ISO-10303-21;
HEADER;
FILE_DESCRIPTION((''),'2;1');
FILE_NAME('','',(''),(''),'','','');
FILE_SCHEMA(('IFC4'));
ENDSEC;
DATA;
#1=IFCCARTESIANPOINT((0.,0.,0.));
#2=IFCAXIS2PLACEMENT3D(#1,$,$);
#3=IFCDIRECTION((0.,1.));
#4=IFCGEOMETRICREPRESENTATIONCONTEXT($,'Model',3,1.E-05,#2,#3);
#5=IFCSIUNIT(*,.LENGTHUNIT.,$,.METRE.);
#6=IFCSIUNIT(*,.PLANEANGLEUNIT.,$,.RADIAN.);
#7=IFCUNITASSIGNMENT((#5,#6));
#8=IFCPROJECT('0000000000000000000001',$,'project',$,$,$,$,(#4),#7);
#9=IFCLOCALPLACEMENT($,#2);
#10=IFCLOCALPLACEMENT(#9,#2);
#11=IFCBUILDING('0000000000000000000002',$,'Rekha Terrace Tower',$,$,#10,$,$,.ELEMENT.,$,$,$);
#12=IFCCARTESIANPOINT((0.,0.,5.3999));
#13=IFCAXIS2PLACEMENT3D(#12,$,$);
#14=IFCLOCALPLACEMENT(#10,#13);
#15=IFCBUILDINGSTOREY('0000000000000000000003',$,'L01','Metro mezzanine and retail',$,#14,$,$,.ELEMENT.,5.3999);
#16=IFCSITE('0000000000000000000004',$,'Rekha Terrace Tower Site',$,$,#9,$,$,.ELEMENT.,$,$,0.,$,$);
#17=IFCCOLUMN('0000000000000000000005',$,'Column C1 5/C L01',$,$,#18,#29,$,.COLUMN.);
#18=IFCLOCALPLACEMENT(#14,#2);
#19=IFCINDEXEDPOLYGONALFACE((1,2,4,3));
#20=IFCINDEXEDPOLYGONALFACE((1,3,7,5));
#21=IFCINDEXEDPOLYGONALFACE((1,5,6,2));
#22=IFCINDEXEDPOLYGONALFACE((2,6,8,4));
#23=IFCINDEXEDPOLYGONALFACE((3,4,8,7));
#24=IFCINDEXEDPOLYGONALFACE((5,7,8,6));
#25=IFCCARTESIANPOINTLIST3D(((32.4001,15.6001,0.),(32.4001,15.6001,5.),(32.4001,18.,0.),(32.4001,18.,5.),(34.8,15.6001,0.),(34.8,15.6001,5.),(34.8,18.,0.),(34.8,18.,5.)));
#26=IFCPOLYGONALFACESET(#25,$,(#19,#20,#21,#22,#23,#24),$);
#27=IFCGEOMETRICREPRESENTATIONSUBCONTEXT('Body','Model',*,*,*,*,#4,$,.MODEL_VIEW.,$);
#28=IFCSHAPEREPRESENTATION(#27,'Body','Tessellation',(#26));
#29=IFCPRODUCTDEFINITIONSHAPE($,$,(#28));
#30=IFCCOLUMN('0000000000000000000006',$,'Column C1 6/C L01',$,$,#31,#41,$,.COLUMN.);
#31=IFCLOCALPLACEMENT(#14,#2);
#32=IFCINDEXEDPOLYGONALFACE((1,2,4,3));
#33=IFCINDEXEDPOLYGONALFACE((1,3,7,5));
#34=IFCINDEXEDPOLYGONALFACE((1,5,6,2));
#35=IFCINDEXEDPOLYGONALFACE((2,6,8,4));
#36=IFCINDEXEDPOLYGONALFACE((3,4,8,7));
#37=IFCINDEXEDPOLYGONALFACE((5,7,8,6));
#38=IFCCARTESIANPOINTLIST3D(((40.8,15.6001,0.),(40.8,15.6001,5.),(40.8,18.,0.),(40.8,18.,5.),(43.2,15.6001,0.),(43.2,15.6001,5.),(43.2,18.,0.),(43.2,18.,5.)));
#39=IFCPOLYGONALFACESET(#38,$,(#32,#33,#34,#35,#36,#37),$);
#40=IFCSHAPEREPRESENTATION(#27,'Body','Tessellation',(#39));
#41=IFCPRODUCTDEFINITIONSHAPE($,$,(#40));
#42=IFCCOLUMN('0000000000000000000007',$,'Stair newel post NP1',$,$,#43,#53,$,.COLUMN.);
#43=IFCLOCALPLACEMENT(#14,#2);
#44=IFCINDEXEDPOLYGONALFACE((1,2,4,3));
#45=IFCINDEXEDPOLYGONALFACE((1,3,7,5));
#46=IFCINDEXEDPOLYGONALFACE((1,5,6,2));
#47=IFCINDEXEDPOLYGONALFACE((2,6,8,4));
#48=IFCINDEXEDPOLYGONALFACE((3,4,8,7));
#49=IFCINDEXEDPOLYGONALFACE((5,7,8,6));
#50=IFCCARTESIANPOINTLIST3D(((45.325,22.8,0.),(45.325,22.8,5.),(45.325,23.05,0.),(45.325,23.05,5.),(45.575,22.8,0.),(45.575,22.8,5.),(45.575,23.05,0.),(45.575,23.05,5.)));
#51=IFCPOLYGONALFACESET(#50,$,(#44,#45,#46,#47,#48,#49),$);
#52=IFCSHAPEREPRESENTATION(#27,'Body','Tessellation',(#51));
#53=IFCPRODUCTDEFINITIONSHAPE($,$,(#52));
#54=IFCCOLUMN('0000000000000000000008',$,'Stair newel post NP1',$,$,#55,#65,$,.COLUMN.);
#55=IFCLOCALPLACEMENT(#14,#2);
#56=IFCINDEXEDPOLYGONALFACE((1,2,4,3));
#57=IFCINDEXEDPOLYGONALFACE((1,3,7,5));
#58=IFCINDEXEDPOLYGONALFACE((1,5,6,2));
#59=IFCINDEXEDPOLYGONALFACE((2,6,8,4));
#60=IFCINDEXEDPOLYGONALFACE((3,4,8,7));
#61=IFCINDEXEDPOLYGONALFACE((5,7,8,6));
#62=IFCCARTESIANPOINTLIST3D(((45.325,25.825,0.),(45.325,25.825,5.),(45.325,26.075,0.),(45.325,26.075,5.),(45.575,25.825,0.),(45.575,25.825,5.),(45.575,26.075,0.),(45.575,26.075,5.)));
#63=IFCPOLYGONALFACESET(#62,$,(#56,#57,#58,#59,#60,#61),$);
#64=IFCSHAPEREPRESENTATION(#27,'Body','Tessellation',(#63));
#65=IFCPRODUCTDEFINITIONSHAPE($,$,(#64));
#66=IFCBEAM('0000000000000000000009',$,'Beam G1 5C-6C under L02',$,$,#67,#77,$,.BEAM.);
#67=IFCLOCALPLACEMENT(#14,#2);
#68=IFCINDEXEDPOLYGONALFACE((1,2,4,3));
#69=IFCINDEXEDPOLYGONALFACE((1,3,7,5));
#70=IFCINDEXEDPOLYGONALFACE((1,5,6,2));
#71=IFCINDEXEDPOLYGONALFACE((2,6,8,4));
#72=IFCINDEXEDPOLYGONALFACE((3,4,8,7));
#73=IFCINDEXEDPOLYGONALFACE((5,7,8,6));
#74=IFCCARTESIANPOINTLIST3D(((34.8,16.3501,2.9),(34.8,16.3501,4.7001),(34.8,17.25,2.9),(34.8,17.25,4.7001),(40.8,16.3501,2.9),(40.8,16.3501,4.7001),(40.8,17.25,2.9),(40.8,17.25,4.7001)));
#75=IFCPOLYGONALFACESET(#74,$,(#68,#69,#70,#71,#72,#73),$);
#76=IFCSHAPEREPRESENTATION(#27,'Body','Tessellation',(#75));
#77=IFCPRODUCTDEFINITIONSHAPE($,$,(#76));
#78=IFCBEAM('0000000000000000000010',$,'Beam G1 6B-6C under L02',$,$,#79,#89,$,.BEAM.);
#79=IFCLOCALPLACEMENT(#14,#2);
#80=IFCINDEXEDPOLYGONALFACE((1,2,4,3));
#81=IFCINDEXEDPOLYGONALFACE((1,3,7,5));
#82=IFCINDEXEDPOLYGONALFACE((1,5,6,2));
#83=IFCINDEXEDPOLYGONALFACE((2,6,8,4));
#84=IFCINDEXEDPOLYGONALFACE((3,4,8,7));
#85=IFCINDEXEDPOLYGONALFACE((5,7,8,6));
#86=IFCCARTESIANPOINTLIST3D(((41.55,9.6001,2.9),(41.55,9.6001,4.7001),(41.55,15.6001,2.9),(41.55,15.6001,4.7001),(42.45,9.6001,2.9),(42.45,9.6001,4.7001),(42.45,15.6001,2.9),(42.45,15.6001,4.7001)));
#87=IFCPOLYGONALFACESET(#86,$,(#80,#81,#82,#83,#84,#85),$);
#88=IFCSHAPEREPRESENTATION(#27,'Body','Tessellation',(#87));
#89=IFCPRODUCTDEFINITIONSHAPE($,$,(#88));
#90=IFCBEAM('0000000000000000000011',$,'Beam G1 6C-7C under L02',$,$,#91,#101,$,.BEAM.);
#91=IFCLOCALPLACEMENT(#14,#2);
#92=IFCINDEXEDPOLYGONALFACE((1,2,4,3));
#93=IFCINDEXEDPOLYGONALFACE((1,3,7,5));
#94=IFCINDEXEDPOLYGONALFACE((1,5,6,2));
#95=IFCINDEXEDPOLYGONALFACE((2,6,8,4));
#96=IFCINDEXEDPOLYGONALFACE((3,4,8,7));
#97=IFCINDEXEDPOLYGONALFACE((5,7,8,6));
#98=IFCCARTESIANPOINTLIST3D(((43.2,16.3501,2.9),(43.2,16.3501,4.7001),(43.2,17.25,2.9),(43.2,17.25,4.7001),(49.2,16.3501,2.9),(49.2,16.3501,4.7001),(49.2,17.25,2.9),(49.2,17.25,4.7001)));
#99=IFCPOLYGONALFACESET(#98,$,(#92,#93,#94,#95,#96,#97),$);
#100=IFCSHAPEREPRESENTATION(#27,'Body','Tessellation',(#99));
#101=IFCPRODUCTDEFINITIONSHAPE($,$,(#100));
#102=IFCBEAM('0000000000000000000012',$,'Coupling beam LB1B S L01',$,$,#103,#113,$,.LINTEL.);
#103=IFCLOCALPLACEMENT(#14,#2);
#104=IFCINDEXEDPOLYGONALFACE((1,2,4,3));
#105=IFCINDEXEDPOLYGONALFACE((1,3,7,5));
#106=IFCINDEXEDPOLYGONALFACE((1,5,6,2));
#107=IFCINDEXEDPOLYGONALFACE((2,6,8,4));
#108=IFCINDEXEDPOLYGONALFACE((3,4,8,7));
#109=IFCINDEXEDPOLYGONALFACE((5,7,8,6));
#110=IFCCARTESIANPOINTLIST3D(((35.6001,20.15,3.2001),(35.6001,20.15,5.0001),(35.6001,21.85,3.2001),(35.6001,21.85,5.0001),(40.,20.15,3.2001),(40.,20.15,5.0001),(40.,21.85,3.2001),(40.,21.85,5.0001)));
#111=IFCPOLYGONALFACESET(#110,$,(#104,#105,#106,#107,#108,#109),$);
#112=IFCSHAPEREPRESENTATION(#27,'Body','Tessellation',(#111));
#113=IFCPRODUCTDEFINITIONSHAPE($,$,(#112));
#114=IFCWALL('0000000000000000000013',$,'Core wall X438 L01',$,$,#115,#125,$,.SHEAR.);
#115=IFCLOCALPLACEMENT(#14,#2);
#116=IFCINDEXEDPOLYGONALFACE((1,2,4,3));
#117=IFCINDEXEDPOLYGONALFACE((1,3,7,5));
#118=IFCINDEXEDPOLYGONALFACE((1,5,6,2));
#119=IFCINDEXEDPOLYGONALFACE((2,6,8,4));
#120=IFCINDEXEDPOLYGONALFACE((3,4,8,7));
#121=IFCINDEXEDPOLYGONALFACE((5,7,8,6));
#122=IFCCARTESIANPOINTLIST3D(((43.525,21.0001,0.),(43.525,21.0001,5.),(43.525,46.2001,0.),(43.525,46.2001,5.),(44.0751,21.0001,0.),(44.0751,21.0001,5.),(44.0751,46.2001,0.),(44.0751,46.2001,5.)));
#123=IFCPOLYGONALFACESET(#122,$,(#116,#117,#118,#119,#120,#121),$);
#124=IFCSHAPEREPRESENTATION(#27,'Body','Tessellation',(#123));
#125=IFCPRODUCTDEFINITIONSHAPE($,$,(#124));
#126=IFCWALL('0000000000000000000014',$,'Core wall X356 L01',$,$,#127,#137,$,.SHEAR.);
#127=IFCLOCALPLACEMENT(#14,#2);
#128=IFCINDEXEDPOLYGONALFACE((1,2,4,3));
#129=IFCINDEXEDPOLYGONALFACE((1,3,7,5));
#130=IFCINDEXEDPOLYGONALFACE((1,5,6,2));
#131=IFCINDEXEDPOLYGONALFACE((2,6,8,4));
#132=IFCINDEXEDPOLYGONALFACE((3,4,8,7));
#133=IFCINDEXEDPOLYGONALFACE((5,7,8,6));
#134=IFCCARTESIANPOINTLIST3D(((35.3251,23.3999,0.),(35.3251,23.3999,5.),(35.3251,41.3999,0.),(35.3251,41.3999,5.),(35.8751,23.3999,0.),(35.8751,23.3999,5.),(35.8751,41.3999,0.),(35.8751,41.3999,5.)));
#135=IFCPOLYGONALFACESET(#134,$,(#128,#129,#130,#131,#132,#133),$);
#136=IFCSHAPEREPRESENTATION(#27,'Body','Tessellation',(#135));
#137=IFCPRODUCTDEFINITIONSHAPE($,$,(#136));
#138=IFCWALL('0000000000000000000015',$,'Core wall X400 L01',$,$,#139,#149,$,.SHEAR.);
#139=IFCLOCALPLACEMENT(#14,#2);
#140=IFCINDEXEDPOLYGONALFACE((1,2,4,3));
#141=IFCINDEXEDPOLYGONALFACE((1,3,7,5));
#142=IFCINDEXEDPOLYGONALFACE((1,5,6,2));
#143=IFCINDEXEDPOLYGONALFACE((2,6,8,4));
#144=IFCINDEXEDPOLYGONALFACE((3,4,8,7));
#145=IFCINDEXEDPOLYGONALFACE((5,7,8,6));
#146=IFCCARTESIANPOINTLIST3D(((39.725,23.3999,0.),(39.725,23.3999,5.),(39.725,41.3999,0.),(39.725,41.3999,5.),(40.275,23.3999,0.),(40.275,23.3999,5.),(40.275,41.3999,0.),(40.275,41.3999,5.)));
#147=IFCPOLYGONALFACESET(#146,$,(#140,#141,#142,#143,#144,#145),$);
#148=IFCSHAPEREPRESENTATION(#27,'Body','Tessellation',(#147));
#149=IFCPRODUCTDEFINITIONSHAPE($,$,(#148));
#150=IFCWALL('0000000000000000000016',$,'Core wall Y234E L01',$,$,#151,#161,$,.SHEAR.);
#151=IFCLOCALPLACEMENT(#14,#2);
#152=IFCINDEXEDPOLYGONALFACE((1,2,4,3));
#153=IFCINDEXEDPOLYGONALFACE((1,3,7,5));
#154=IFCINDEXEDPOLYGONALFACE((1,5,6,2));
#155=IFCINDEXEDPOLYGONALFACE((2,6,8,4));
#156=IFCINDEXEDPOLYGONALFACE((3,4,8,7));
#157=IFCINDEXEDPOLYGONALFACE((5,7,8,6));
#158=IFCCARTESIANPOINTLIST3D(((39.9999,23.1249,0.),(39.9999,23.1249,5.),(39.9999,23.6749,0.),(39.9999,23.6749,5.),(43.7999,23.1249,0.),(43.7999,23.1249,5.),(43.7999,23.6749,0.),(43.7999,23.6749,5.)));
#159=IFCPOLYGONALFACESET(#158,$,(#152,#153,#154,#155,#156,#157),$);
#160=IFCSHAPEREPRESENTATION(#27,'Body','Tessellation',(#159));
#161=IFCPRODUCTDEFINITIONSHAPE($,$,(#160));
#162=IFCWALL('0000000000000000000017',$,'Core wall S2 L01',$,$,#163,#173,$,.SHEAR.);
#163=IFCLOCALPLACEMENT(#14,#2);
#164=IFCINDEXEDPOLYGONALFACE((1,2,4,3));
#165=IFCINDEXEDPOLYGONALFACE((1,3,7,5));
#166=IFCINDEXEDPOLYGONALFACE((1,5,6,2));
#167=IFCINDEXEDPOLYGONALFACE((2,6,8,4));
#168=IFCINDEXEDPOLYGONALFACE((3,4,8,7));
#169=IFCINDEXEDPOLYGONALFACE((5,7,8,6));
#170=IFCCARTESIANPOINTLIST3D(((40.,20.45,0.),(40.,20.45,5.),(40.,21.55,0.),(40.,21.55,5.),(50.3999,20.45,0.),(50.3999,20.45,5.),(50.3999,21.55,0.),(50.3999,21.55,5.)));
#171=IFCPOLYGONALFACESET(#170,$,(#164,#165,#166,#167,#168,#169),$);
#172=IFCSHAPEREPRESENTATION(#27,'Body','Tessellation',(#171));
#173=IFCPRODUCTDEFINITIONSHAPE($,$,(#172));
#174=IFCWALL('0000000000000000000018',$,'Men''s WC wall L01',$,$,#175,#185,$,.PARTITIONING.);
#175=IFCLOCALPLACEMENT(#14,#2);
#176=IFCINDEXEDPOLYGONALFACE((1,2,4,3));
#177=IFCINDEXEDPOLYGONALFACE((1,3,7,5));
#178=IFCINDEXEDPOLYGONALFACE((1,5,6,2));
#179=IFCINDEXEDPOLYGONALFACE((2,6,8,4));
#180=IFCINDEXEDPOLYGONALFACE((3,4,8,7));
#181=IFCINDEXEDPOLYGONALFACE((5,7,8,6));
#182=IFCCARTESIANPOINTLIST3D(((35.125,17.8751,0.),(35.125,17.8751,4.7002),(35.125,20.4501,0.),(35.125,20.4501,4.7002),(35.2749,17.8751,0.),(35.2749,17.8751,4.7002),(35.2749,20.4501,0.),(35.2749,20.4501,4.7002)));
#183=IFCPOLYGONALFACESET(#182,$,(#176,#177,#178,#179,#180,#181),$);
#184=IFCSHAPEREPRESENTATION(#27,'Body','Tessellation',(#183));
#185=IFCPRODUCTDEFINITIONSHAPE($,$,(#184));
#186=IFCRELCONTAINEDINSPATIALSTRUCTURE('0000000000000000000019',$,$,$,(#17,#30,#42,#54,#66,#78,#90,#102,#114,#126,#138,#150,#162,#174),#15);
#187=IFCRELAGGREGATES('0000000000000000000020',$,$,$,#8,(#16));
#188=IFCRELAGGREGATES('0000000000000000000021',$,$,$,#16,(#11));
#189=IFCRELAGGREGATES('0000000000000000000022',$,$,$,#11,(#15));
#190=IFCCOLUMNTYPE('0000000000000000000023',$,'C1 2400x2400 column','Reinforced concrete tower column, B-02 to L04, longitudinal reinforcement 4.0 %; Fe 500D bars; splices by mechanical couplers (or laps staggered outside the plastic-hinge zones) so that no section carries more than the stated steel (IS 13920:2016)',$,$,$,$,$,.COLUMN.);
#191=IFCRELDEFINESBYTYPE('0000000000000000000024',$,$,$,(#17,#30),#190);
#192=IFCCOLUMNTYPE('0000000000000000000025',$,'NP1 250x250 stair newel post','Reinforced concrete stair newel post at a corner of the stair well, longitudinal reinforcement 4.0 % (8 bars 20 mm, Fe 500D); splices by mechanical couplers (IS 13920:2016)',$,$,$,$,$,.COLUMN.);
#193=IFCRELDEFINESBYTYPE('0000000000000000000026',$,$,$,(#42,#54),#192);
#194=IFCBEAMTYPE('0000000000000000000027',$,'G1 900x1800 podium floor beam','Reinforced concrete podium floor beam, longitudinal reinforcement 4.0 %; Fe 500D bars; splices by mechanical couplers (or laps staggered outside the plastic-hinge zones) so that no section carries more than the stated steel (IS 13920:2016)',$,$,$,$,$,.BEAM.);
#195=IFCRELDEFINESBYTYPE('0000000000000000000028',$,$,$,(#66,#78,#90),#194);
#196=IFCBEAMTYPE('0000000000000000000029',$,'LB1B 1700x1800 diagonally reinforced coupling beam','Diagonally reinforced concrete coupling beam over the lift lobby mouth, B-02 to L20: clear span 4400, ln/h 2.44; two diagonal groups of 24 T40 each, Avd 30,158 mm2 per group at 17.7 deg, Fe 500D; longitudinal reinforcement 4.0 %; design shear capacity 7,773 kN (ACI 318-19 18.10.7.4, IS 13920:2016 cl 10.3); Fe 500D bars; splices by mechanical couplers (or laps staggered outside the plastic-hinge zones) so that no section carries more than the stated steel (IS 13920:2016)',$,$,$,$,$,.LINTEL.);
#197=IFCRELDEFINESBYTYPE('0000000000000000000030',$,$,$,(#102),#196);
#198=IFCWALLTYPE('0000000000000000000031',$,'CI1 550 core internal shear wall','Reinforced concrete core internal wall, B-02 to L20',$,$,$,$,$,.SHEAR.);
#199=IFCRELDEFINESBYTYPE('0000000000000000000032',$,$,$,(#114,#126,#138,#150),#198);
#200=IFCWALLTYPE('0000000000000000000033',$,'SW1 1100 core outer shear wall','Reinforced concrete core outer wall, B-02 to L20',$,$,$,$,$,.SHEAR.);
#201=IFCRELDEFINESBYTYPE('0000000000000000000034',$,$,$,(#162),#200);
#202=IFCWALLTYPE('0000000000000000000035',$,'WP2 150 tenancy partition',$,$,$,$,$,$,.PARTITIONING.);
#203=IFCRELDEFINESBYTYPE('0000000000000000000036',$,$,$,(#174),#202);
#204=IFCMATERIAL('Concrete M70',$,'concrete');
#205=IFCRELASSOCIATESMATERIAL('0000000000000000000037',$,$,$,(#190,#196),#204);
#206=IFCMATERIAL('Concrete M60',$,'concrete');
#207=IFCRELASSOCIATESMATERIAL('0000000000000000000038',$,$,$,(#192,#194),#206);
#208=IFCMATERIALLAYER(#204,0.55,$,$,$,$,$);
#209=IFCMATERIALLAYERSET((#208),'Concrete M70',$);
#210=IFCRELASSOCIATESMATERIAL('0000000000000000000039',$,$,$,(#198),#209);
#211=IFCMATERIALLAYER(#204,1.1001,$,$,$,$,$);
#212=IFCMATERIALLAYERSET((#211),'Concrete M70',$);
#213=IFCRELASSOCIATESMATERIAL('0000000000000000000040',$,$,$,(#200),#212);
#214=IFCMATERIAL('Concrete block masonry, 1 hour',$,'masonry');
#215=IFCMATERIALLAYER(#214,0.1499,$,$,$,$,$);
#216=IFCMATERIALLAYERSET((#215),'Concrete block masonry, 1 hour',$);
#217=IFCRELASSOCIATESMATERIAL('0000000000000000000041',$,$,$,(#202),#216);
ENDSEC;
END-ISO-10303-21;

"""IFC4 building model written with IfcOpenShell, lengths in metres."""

from ifc_helpers import new_model, si_unit, direction, frame, frame_2d, origin, origin_2d, place, context, subcontext, project, spatial, rectangle, extrude, material, layer, layer_set, material_profile, profile_set, type_object, element, save


model = new_model("IFC4")

# Units and contexts
model_context = context("Model", 3, precision=1e-05, world=origin(), true_north=direction((0.0, 1.0)))
body_context = subcontext(model_context, "Body", "Model", "MODEL_VIEW")
ifc_project = project(units=[si_unit("LENGTHUNIT", "METRE"), si_unit("PLANEANGLEUNIT", "RADIAN")], contexts=[model_context])

# Site, building, storey
site_placement = place(None, origin())
site = spatial("IfcSite", under=ifc_project, at=site_placement, Name="Rekha Terrace Tower Site", CompositionType="ELEMENT", RefElevation=0.0)
building_placement = place(site_placement, origin())
building = spatial("IfcBuilding", under=site, at=building_placement, Name="Rekha Terrace Tower", CompositionType="ELEMENT")
storey_placement = place(building_placement, frame((0.0, 0.0, 5.3999)))
storey = spatial("IfcBuildingStorey", under=building, at=storey_placement, Name="L01", Description="Metro mezzanine and retail", CompositionType="ELEMENT", Elevation=5.3999)

# Columns
ifc_material_1 = material(Name="Concrete M70", Category="concrete")
ifc_material_profile_1 = material_profile(ifc_material_1, rectangle(XDim=2.3999, YDim=2.3999, at=origin_2d()), Name="RC 2400x2400")
ifc_profile_set_1 = profile_set([ifc_material_profile_1], Name="Concrete M70")
column_type_1 = type_object("IfcColumnType", Name="C1 2400x2400 column", Description="Reinforced concrete tower column, B-02 to L04, longitudinal reinforcement 4.0 %; Fe 500D bars; splices by mechanical couplers (or laps staggered outside the plastic-hinge zones) so that no section carries more than the stated steel (IS 13920:2016)", PredefinedType="COLUMN", material=ifc_profile_set_1)
for number, where, z_axis, x_axis, name in (
    (1, (33.6001, 16.8, 0.0), (0.0, 0.0, 1.0), (1.0, 0.0, 0.0), "Column C1 5/C L01"),
    (2, (42.0, 16.8, 0.0), (0.0, 0.0, 1.0), (1.0, 0.0, 0.0), "Column C1 6/C L01"),
):
    element("IfcColumn", number, at=place(storey_placement, frame(where, z_axis=z_axis, x_axis=x_axis)), inside=storey, type_object=column_type_1, Name=name, PredefinedType="COLUMN", context=body_context, shape_type="SweptSolid", body=[
        extrude(rectangle(XDim=2.3999, YDim=2.3999, at=origin_2d()), origin(), (0.0, 0.0, 1.0), 5.0),
    ])
ifc_material_2 = material(Name="Concrete M60", Category="concrete")
ifc_material_profile_2 = material_profile(ifc_material_2, rectangle(XDim=0.25, YDim=0.25, at=origin_2d()), Name="RC 250x250")
ifc_profile_set_2 = profile_set([ifc_material_profile_2], Name="Concrete M60")
column_type_2 = type_object("IfcColumnType", Name="NP1 250x250 stair newel post", Description="Reinforced concrete stair newel post at a corner of the stair well, longitudinal reinforcement 4.0 % (8 bars 20 mm, Fe 500D); splices by mechanical couplers (IS 13920:2016)", PredefinedType="COLUMN", material=ifc_profile_set_2)
for number, where, z_axis, x_axis, name in (
    (3, (45.45, 22.925, 0.0), (0.0, 0.0, 1.0), (1.0, 0.0, 0.0), "Stair newel post NP1"),
    (4, (45.45, 25.95, 0.0), (0.0, 0.0, 1.0), (1.0, 0.0, 0.0), "Stair newel post NP1"),
):
    element("IfcColumn", number, at=place(storey_placement, frame(where, z_axis=z_axis, x_axis=x_axis)), inside=storey, type_object=column_type_2, Name=name, PredefinedType="COLUMN", context=body_context, shape_type="SweptSolid", body=[
        extrude(rectangle(XDim=0.25, YDim=0.25, at=origin_2d()), origin(), (0.0, 0.0, 1.0), 5.0),
    ])

# Beams
ifc_material_profile_3 = material_profile(ifc_material_2, rectangle(XDim=0.8999, YDim=1.8, at=origin_2d()), Name="RC 900x1800")
ifc_profile_set_3 = profile_set([ifc_material_profile_3], Name="Concrete M60")
beam_type_1 = type_object("IfcBeamType", Name="G1 900x1800 podium floor beam", Description="Reinforced concrete podium floor beam, longitudinal reinforcement 4.0 %; Fe 500D bars; splices by mechanical couplers (or laps staggered outside the plastic-hinge zones) so that no section carries more than the stated steel (IS 13920:2016)", PredefinedType="BEAM", material=ifc_profile_set_3)
for number, where, z_axis, x_axis, name in (
    (5, (34.8, 16.8, 3.8), (1.0, 0.0, 0.0), (0.0, 1.0, 0.0), "Beam G1 5C-6C under L02"),
    (6, (42.0, 9.6001, 3.8), (0.0, 1.0, 0.0), (-1.0, 0.0, 0.0), "Beam G1 6B-6C under L02"),
    (7, (43.2, 16.8, 3.8), (1.0, 0.0, 0.0), (0.0, 1.0, 0.0), "Beam G1 6C-7C under L02"),
):
    element("IfcBeam", number, at=place(storey_placement, frame(where, z_axis=z_axis, x_axis=x_axis)), inside=storey, type_object=beam_type_1, Name=name, PredefinedType="BEAM", context=body_context, shape_type="SweptSolid", body=[
        extrude(rectangle(XDim=0.8999, YDim=1.8, at=origin_2d()), origin(), (0.0, 0.0, 1.0), 6.0),
    ])
ifc_material_profile_4 = material_profile(ifc_material_1, rectangle(XDim=1.7, YDim=1.8, at=origin_2d()), Name="RC 1700x1800")
ifc_profile_set_4 = profile_set([ifc_material_profile_4], Name="Concrete M70")
beam_type_2 = type_object("IfcBeamType", Name="LB1B 1700x1800 diagonally reinforced coupling beam", Description="Diagonally reinforced concrete coupling beam over the lift lobby mouth, B-02 to L20: clear span 4400, ln/h 2.44; two diagonal groups of 24 T40 each, Avd 30,158 mm2 per group at 17.7 deg, Fe 500D; longitudinal reinforcement 4.0 %; design shear capacity 7,773 kN (ACI 318-19 18.10.7.4, IS 13920:2016 cl 10.3); Fe 500D bars; splices by mechanical couplers (or laps staggered outside the plastic-hinge zones) so that no section carries more than the stated steel (IS 13920:2016)", PredefinedType="LINTEL", material=ifc_profile_set_4)
beam_placement = place(storey_placement, frame((35.6001, 21.0, 4.1001), z_axis=(1.0, 0.0, 0.0), x_axis=(0.0, 1.0, 0.0)))
element("IfcBeam", 8, at=beam_placement, inside=storey, type_object=beam_type_2, Name="Coupling beam LB1B S L01", PredefinedType="LINTEL", context=body_context, shape_type="SweptSolid", body=[
    extrude(rectangle(XDim=1.7, YDim=1.8, at=origin_2d()), origin(), (0.0, 0.0, 1.0), 4.3999),
])

# Walls
ifc_layer_1 = layer(ifc_material_1, 0.55)
ifc_layer_set_1 = layer_set([ifc_layer_1], Name="Concrete M70")
wall_type_1 = type_object("IfcWallType", Name="CI1 550 core internal shear wall", Description="Reinforced concrete core internal wall, B-02 to L20", PredefinedType="SHEAR", material=ifc_layer_set_1)
wall_1_placement = place(storey_placement, frame((43.8, 21.0, 0.0), z_axis=(0.0, 0.0, 1.0), x_axis=(0.0, 1.0, 0.0)))
element("IfcWall", 9, at=wall_1_placement, inside=storey, type_object=wall_type_1, Name="Core wall X438 L01", PredefinedType="SHEAR", context=body_context, shape_type="SweptSolid", body=[
    extrude(rectangle(XDim=25.2, YDim=0.55, at=frame_2d((12.6001, 0.0))), origin(), (0.0, 0.0, 1.0), 5.0),
])
for number, where, z_axis, x_axis, name in (
    (10, (35.6001, 23.3999, 0.0), (0.0, 0.0, 1.0), (0.0, 1.0, 0.0), "Core wall X356 L01"),
    (11, (40.0, 23.3999, 0.0), (0.0, 0.0, 1.0), (0.0, 1.0, 0.0), "Core wall X400 L01"),
):
    element("IfcWall", number, at=place(storey_placement, frame(where, z_axis=z_axis, x_axis=x_axis)), inside=storey, type_object=wall_type_1, Name=name, PredefinedType="SHEAR", context=body_context, shape_type="SweptSolid", body=[
        extrude(rectangle(XDim=18.0, YDim=0.55, at=frame_2d((9.0, 0.0))), origin(), (0.0, 0.0, 1.0), 5.0),
    ])
wall_2_placement = place(storey_placement, frame((40.0, 23.3999, 0.0), z_axis=(0.0, 0.0, 1.0), x_axis=(1.0, 0.0, 0.0)))
element("IfcWall", 12, at=wall_2_placement, inside=storey, type_object=wall_type_1, Name="Core wall Y234E L01", PredefinedType="SHEAR", context=body_context, shape_type="SweptSolid", body=[
    extrude(rectangle(XDim=3.8, YDim=0.55, at=frame_2d((1.8999, 0.0))), origin(), (0.0, 0.0, 1.0), 5.0),
])
ifc_layer_2 = layer(ifc_material_1, 1.1001)
ifc_layer_set_2 = layer_set([ifc_layer_2], Name="Concrete M70")
wall_type_2 = type_object("IfcWallType", Name="SW1 1100 core outer shear wall", Description="Reinforced concrete core outer wall, B-02 to L20", PredefinedType="SHEAR", material=ifc_layer_set_2)
wall_3_placement = place(storey_placement, frame((40.0, 21.0, 0.0), z_axis=(0.0, 0.0, 1.0), x_axis=(1.0, 0.0, 0.0)))
element("IfcWall", 13, at=wall_3_placement, inside=storey, type_object=wall_type_2, Name="Core wall S2 L01", PredefinedType="SHEAR", context=body_context, shape_type="SweptSolid", body=[
    extrude(rectangle(XDim=10.3999, YDim=1.1001, at=frame_2d((5.2, 0.0))), origin(), (0.0, 0.0, 1.0), 5.0),
])
ifc_material_3 = material(Name="Concrete block masonry, 1 hour", Category="masonry")
ifc_layer_3 = layer(ifc_material_3, 0.1499)
ifc_layer_set_3 = layer_set([ifc_layer_3], Name="Concrete block masonry, 1 hour")
wall_type_3 = type_object("IfcWallType", Name="WP2 150 tenancy partition", PredefinedType="PARTITIONING", material=ifc_layer_set_3)
wall_4_placement = place(storey_placement, frame((35.2, 17.875, 0.0), z_axis=(0.0, 0.0, 1.0), x_axis=(0.0, 1.0, 0.0)))
element("IfcWall", 14, at=wall_4_placement, inside=storey, type_object=wall_type_3, Name="Men's WC wall L01", PredefinedType="PARTITIONING", context=body_context, shape_type="SweptSolid", body=[
    extrude(rectangle(XDim=2.575, YDim=0.1499, at=frame_2d((1.2876, 0.0))), origin(), (0.0, 0.0, 1.0), 4.7002),
])

save(model, "model.ifc")
